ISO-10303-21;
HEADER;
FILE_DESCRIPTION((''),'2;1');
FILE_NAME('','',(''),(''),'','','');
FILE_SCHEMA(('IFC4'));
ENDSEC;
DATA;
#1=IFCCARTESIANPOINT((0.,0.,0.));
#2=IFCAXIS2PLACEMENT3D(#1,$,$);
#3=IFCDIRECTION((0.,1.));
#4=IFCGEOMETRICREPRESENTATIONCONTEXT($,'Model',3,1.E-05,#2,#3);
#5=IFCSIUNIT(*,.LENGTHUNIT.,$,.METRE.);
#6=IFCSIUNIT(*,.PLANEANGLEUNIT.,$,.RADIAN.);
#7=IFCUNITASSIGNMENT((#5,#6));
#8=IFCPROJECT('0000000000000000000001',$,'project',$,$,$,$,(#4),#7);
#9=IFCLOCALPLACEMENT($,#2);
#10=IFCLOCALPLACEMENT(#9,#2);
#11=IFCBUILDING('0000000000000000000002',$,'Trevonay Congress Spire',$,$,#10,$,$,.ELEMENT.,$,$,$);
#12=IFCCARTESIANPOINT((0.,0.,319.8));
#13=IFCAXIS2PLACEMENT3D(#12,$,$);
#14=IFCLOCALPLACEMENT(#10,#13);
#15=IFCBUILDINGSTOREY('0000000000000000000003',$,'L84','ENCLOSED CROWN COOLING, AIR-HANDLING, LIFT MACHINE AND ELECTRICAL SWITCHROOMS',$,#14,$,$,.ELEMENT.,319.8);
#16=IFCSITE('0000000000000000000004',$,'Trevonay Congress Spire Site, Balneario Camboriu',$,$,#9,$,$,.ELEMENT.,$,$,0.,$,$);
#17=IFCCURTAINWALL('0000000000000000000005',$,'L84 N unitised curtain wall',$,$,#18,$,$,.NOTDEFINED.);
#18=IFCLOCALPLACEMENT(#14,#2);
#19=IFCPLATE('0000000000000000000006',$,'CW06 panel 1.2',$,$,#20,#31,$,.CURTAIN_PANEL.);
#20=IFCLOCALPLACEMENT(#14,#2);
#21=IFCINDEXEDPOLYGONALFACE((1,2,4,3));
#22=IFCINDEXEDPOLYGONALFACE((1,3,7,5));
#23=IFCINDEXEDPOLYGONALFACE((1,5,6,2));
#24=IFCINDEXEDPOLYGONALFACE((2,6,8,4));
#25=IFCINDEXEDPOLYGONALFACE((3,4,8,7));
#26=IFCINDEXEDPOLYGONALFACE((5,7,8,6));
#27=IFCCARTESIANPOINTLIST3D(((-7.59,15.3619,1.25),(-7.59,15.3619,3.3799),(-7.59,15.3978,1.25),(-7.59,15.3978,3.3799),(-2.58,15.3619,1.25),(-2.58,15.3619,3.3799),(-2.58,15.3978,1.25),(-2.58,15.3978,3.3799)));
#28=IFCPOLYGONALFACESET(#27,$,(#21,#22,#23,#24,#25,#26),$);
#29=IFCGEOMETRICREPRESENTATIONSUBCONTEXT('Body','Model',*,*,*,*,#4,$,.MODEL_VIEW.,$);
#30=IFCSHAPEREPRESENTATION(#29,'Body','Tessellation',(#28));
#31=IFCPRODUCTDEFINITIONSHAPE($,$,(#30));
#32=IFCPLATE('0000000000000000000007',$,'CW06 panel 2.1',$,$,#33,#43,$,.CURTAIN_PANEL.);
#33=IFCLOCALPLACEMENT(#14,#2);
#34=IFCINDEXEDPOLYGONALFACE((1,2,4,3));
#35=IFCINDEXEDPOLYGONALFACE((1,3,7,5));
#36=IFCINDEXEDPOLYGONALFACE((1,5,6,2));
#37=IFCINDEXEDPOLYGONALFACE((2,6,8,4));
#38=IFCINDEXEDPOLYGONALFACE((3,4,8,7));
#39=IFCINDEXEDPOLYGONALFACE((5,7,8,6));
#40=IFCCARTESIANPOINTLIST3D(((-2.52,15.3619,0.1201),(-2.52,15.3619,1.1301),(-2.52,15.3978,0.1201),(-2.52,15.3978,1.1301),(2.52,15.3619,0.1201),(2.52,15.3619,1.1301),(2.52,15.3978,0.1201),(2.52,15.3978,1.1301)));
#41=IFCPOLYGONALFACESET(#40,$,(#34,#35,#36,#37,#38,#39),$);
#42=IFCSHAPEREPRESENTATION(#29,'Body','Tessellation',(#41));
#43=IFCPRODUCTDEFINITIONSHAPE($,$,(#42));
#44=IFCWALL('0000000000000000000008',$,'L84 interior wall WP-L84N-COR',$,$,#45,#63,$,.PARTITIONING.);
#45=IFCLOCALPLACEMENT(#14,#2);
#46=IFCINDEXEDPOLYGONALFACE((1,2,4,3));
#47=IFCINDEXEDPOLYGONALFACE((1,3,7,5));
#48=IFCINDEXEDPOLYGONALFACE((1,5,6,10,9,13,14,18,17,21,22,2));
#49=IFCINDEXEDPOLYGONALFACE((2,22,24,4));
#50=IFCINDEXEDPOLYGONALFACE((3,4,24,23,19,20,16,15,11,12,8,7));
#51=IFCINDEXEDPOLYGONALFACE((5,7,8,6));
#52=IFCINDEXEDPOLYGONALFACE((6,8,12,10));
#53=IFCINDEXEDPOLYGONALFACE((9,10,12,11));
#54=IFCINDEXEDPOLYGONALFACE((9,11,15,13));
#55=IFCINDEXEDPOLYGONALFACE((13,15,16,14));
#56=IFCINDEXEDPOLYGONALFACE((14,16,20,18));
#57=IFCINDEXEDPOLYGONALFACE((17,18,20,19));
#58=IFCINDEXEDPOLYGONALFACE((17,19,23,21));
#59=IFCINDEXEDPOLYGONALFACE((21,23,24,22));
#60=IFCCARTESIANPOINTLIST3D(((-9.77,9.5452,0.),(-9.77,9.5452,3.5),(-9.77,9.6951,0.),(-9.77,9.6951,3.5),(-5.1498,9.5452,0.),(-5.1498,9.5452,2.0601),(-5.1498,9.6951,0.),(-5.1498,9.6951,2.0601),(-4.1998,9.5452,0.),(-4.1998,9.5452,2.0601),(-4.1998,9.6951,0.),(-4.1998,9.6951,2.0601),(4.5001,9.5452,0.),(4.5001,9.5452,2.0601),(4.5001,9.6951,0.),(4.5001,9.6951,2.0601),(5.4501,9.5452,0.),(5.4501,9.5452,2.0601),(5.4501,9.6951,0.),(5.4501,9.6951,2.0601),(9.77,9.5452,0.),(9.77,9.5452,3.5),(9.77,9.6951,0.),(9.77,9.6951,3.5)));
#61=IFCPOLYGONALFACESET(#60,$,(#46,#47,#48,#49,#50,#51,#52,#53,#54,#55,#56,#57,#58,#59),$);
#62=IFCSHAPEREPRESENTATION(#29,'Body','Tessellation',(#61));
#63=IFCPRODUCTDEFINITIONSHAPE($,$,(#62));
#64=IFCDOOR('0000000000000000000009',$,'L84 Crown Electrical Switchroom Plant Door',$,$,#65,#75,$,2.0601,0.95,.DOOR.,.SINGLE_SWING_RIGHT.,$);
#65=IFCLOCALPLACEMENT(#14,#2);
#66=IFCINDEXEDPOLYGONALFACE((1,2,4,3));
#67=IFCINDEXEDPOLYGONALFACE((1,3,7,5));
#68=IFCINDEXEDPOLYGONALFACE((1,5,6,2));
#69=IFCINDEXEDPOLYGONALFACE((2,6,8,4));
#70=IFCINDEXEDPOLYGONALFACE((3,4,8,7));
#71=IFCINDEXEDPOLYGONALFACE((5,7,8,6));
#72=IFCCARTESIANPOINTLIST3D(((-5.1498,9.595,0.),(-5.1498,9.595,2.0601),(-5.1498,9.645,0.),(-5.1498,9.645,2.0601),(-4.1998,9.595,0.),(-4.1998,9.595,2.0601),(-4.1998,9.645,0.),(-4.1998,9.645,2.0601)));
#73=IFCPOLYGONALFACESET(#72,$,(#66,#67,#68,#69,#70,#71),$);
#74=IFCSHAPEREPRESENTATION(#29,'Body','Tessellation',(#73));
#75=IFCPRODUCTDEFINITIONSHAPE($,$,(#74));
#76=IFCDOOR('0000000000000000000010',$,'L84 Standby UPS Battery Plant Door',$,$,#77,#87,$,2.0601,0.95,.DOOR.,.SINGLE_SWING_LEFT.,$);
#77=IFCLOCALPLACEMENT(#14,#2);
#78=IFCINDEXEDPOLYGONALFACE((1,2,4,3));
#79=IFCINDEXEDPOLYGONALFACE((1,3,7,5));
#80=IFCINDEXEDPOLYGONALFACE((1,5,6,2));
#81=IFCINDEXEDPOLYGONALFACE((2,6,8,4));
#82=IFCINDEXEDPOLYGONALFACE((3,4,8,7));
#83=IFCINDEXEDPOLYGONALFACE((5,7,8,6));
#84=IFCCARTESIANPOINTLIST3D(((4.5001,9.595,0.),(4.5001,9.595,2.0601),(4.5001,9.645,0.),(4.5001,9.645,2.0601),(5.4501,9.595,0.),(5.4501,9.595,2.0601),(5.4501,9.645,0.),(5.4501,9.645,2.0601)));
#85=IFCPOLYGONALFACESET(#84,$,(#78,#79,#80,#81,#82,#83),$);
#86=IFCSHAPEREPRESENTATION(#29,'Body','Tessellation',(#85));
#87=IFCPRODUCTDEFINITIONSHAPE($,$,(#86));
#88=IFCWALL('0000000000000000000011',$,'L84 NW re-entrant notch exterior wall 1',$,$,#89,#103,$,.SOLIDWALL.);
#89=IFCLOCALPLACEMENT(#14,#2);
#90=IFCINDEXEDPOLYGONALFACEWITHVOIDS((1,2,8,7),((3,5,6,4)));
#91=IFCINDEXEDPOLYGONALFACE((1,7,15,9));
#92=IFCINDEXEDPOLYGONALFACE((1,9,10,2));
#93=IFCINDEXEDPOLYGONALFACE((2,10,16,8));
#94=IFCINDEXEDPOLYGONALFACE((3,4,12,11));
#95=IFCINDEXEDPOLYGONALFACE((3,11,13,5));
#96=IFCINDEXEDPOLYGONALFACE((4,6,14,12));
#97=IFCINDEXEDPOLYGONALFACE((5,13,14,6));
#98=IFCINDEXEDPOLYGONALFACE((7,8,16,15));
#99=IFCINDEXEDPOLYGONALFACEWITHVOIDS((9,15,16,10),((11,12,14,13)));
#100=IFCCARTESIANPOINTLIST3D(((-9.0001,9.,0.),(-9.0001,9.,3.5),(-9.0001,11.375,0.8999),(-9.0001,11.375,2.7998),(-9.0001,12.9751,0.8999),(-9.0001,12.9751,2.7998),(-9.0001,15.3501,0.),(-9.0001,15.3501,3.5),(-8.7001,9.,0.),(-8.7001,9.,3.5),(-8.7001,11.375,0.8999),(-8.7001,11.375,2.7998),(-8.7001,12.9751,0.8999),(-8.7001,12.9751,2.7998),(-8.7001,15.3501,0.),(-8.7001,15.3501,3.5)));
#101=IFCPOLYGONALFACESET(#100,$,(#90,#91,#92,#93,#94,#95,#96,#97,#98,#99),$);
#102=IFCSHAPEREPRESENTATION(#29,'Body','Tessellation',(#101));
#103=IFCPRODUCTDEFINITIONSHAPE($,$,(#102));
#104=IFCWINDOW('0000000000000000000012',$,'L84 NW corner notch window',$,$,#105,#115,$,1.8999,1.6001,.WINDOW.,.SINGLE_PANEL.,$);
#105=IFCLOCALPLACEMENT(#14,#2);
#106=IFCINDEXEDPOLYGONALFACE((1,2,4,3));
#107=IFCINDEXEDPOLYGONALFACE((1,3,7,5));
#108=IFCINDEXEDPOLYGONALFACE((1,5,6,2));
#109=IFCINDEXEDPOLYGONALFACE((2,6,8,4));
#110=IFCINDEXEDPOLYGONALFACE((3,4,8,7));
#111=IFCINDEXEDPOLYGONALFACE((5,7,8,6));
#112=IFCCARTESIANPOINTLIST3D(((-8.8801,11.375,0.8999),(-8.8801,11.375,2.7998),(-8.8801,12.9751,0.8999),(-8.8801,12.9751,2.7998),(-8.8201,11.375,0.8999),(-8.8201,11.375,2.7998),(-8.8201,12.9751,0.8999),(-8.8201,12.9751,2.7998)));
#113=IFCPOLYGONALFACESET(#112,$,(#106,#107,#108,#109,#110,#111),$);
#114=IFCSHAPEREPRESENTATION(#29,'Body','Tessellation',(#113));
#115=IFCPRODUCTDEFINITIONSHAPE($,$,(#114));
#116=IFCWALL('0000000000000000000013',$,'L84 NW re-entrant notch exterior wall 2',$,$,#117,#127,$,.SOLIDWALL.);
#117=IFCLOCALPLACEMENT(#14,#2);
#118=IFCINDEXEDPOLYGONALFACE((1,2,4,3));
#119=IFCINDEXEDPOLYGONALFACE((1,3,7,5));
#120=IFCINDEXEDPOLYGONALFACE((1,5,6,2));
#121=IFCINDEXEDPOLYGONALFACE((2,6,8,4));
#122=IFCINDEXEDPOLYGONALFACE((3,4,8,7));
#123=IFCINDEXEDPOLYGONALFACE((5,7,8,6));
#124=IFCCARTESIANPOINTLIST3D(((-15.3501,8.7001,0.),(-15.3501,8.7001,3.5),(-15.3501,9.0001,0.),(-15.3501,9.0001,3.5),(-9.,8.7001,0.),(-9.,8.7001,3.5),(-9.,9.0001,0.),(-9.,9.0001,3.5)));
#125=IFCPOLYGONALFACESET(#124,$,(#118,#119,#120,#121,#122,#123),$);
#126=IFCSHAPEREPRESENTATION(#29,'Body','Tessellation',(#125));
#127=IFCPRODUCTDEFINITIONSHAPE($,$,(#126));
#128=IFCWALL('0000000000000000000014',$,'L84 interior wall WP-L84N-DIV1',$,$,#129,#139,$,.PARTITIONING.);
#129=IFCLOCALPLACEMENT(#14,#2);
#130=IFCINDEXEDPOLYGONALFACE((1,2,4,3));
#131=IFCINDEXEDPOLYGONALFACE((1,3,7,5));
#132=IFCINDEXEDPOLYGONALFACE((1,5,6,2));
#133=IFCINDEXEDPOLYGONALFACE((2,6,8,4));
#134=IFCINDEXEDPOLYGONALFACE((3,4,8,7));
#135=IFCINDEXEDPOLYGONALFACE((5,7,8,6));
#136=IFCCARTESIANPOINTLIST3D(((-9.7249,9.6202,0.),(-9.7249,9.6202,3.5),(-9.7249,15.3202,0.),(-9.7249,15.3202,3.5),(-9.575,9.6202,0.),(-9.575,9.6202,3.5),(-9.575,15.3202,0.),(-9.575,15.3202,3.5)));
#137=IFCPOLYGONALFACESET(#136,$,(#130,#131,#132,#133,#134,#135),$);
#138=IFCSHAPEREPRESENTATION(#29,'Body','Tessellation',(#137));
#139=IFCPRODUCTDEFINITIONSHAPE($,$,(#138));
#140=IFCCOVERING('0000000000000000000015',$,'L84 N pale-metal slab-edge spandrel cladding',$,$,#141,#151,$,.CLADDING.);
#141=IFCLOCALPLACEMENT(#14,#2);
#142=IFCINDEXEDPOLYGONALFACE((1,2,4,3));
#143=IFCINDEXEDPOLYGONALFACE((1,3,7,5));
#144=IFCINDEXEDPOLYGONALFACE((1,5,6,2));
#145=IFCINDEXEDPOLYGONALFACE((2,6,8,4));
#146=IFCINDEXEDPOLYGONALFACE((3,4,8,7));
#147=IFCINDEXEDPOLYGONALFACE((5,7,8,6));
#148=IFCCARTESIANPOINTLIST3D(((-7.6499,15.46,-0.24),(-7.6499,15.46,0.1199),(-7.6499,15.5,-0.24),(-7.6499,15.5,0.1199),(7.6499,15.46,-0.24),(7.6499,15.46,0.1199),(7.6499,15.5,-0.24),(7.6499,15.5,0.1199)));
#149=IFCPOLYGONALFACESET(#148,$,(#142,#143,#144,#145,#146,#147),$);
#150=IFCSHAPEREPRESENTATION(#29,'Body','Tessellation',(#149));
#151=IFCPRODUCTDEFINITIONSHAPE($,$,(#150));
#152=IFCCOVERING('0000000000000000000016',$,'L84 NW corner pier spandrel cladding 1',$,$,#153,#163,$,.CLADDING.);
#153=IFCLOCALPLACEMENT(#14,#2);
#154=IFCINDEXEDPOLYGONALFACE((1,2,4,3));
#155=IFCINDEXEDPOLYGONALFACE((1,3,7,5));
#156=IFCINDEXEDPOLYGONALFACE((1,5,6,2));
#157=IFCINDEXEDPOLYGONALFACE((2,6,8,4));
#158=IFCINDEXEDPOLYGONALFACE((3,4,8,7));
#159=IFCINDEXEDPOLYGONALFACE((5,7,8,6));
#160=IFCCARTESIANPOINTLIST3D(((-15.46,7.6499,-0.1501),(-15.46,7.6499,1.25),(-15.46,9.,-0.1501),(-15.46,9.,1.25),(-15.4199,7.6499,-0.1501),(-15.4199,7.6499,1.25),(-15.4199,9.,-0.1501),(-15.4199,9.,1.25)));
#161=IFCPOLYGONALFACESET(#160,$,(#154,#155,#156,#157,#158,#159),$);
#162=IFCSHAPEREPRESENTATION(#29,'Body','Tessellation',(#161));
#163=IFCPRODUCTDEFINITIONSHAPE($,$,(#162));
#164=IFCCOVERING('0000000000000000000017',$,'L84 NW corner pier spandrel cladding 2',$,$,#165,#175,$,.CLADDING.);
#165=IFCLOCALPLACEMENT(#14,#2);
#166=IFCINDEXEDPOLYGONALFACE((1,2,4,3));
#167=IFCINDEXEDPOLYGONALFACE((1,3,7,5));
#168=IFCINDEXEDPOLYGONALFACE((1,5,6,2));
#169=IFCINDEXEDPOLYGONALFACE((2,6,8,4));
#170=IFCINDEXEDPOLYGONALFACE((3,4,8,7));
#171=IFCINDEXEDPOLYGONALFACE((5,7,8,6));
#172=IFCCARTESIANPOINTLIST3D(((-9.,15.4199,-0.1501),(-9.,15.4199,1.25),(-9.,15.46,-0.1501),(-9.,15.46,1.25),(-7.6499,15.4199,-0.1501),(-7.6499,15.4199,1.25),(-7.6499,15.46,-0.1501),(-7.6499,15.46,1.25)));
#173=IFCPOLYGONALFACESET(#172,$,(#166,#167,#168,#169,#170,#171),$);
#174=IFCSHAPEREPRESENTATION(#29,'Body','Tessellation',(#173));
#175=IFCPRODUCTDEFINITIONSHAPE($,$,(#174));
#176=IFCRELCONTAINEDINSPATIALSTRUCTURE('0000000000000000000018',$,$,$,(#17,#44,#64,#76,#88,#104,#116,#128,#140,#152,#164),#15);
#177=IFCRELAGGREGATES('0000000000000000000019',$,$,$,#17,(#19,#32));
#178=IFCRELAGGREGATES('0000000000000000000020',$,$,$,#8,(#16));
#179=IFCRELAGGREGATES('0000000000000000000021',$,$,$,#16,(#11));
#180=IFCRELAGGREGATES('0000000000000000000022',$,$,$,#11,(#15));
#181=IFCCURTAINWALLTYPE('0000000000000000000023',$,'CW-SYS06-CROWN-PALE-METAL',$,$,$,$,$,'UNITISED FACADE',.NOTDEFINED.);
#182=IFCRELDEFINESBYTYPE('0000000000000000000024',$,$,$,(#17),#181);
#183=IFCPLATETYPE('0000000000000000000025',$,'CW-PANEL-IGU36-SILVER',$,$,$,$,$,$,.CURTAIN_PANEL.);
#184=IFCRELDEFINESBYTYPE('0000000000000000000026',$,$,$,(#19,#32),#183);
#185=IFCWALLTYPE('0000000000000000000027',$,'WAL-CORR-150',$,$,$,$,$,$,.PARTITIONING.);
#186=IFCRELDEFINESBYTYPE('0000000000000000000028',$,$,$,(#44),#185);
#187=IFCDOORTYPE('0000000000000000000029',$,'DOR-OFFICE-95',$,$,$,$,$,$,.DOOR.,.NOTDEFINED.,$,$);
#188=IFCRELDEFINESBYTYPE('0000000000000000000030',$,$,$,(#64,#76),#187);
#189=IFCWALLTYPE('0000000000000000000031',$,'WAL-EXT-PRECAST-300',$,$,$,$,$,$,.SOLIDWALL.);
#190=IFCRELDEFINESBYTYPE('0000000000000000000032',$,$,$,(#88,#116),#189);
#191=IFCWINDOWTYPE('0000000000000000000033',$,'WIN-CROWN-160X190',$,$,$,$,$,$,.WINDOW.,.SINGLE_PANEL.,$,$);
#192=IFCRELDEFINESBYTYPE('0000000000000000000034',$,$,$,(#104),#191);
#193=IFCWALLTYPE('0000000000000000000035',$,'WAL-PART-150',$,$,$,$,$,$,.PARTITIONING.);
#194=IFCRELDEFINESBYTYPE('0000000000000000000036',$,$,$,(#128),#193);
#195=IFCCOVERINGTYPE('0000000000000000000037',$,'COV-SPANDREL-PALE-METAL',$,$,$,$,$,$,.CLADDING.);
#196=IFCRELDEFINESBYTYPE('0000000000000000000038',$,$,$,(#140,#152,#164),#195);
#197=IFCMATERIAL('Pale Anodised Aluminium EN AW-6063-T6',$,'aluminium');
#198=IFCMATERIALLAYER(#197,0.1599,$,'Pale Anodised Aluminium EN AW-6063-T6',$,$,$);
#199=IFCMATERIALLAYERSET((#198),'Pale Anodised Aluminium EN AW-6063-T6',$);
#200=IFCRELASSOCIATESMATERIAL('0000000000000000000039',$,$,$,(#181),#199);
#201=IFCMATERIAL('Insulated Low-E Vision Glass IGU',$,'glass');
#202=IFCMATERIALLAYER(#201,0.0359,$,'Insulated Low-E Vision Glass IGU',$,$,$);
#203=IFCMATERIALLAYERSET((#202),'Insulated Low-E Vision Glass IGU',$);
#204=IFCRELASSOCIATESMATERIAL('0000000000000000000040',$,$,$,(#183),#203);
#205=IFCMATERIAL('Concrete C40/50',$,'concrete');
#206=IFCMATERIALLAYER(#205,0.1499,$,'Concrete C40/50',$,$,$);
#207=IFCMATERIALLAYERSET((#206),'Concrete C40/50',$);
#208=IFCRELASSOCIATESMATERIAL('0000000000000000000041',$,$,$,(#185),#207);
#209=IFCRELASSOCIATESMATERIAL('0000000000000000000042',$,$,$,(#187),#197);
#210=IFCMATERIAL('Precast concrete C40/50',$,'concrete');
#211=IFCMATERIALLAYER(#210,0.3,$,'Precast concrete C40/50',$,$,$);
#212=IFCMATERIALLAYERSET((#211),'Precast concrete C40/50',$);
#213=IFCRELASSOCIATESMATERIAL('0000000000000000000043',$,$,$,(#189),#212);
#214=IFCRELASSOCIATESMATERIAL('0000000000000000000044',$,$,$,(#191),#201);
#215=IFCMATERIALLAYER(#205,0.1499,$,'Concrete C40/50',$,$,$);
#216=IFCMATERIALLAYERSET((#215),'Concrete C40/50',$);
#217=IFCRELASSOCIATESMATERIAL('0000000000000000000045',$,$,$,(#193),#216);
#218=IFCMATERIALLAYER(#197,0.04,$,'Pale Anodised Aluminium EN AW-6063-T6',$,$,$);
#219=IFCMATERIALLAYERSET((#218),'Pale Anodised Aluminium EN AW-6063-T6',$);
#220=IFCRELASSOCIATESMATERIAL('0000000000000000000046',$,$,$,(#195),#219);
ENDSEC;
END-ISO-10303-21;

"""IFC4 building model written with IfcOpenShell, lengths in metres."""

from ifc_helpers import new_model, si_unit, direction, frame, frame_2d, origin, origin_2d, place, context, subcontext, project, spatial, rectangle, extrude, material, layer, layer_set, type_object, element, fill, aggregate, save


model = new_model("IFC4")

# Units and contexts
model_context = context("Model", 3, precision=1e-05, world=origin(), true_north=direction((0.0, 1.0)))
body_context = subcontext(model_context, "Body", "Model", "MODEL_VIEW")
ifc_project = project(units=[si_unit("LENGTHUNIT", "METRE"), si_unit("PLANEANGLEUNIT", "RADIAN")], contexts=[model_context])

# Site, building, storey
site_placement = place(None, origin())
site = spatial("IfcSite", under=ifc_project, at=site_placement, Name="Trevonay Congress Spire Site, Balneario Camboriu", CompositionType="ELEMENT", RefElevation=0.0)
building_placement = place(site_placement, origin())
building = spatial("IfcBuilding", under=site, at=building_placement, Name="Trevonay Congress Spire", CompositionType="ELEMENT")
storey_placement = place(building_placement, frame((0.0, 0.0, 319.8)))
storey = spatial("IfcBuildingStorey", under=building, at=storey_placement, Name="L84", Description="ENCLOSED CROWN COOLING, AIR-HANDLING, LIFT MACHINE AND ELECTRICAL SWITCHROOMS", CompositionType="ELEMENT", Elevation=319.8)

# Curtain wall
ifc_material_1 = material(Name="Pale Anodised Aluminium EN AW-6063-T6", Category="aluminium")
ifc_layer_1 = layer(ifc_material_1, 0.1599, Name="Pale Anodised Aluminium EN AW-6063-T6")
ifc_layer_set_1 = layer_set([ifc_layer_1], Name="Pale Anodised Aluminium EN AW-6063-T6")
curtain_wall_type = type_object("IfcCurtainWallType", Name="CW-SYS06-CROWN-PALE-METAL", ElementType="UNITISED FACADE", PredefinedType="NOTDEFINED", material=ifc_layer_set_1)
curtain_wall_1_placement = place(storey_placement, origin())
curtain_wall_1 = element("IfcCurtainWall", 1, at=curtain_wall_1_placement, inside=storey, type_object=curtain_wall_type, Name="L84 N unitised curtain wall", PredefinedType="NOTDEFINED")

# Plates
ifc_material_2 = material(Name="Insulated Low-E Vision Glass IGU", Category="glass")
ifc_layer_2 = layer(ifc_material_2, 0.0359, Name="Insulated Low-E Vision Glass IGU")
ifc_layer_set_2 = layer_set([ifc_layer_2], Name="Insulated Low-E Vision Glass IGU")
plate_type = type_object("IfcPlateType", Name="CW-PANEL-IGU36-SILVER", PredefinedType="CURTAIN_PANEL", material=ifc_layer_set_2)
plate_1_placement = place(storey_placement, frame((-5.085, 15.3799, 1.25), z_axis=(0.0, 0.0, 1.0), x_axis=(1.0, 0.0, 0.0)))
plate_1 = element("IfcPlate", 2, at=plate_1_placement, type_object=plate_type, Name="CW06 panel 1.2", PredefinedType="CURTAIN_PANEL", context=body_context, shape_type="SweptSolid", body=[
    extrude(rectangle(XDim=5.01, YDim=0.0359, at=origin_2d()), origin(), (0.0, 0.0, 1.0), 2.1299),
])
plate_2_placement = place(storey_placement, frame((0.0, 15.3799, 0.1201), z_axis=(0.0, 0.0, 1.0), x_axis=(1.0, 0.0, 0.0)))
plate_2 = element("IfcPlate", 3, at=plate_2_placement, type_object=plate_type, Name="CW06 panel 2.1", PredefinedType="CURTAIN_PANEL", context=body_context, shape_type="SweptSolid", body=[
    extrude(rectangle(XDim=5.04, YDim=0.0359, at=origin_2d()), origin(), (0.0, 0.0, 1.0), 1.01),
])
aggregate(curtain_wall_1, [plate_1, plate_2])

# Wall, openings, doors
ifc_material_3 = material(Name="Concrete C40/50", Category="concrete")
ifc_layer_3 = layer(ifc_material_3, 0.1499, Name="Concrete C40/50")
ifc_layer_set_3 = layer_set([ifc_layer_3], Name="Concrete C40/50")
wall_type_1 = type_object("IfcWallType", Name="WAL-CORR-150", PredefinedType="PARTITIONING", material=ifc_layer_set_3)
wall_1_placement = place(storey_placement, frame((-9.77, 9.6201, 0.0), z_axis=(0.0, 0.0, 1.0), x_axis=(1.0, 0.0, 0.0)))
wall_1 = element("IfcWall", 4, at=wall_1_placement, inside=storey, type_object=wall_type_1, Name="L84 interior wall WP-L84N-COR", PredefinedType="PARTITIONING", context=body_context, shape_type="SweptSolid", body=[
    extrude(rectangle(XDim=19.54, YDim=0.1499, at=frame_2d((9.77, 0.0))), origin(), (0.0, 0.0, 1.0), 3.5),
])
opening_1_placement = place(wall_1_placement, frame((4.6201, 0.0, 0.0)))
opening_1 = element("IfcOpeningElement", 5, at=opening_1_placement, cuts=wall_1, PredefinedType="OPENING", context=body_context, shape_type="SweptSolid", body=[
    extrude(rectangle(XDim=0.95, YDim=2.0601, at=frame_2d((0.4751, 1.03))), frame((0.0, 0.085, 0.0), z_axis=(0.0, -1.0, 0.0), x_axis=(1.0, 0.0, 0.0)), (0.0, 0.0, 1.0), 0.1699),
])
opening_2_placement = place(wall_1_placement, frame((14.27, 0.0, 0.0)))
opening_2 = element("IfcOpeningElement", 6, at=opening_2_placement, cuts=wall_1, PredefinedType="OPENING", context=body_context, shape_type="SweptSolid", body=[
    extrude(rectangle(XDim=0.95, YDim=2.0601, at=frame_2d((0.4751, 1.03))), frame((0.0, 0.085, 0.0), z_axis=(0.0, -1.0, 0.0), x_axis=(1.0, 0.0, 0.0)), (0.0, 0.0, 1.0), 0.1699),
])
door_type = type_object("IfcDoorType", Name="DOR-OFFICE-95", OperationType="NOTDEFINED", PredefinedType="DOOR", material=ifc_material_1)
door_1_placement = place(opening_1_placement, origin())
door_1 = element("IfcDoor", 7, at=door_1_placement, inside=storey, type_object=door_type, Name="L84 Crown Electrical Switchroom Plant Door", OperationType="SINGLE_SWING_RIGHT", OverallHeight=2.0601, OverallWidth=0.95, PredefinedType="DOOR", context=body_context, shape_type="SweptSolid", body=[
    extrude(rectangle(XDim=0.95, YDim=2.0601, at=frame_2d((0.4751, 1.03))), frame((0.0, 0.0249, 0.0), z_axis=(0.0, -1.0, 0.0), x_axis=(1.0, 0.0, 0.0)), (0.0, 0.0, 1.0), 0.05),
])
fill(opening_1, door_1)
door_2_placement = place(opening_2_placement, origin())
door_2 = element("IfcDoor", 8, at=door_2_placement, inside=storey, type_object=door_type, Name="L84 Standby UPS Battery Plant Door", OperationType="SINGLE_SWING_LEFT", OverallHeight=2.0601, OverallWidth=0.95, PredefinedType="DOOR", context=body_context, shape_type="SweptSolid", body=[
    extrude(rectangle(XDim=0.95, YDim=2.0601, at=frame_2d((0.4751, 1.03))), frame((0.0, 0.0249, 0.0), z_axis=(0.0, -1.0, 0.0), x_axis=(1.0, 0.0, 0.0)), (0.0, 0.0, 1.0), 0.05),
])
fill(opening_2, door_2)

# Wall, opening, window
ifc_material_4 = material(Name="Precast concrete C40/50", Category="concrete")
ifc_layer_4 = layer(ifc_material_4, 0.3, Name="Precast concrete C40/50")
ifc_layer_set_4 = layer_set([ifc_layer_4], Name="Precast concrete C40/50")
wall_type_2 = type_object("IfcWallType", Name="WAL-EXT-PRECAST-300", PredefinedType="SOLIDWALL", material=ifc_layer_set_4)
wall_2_placement = place(storey_placement, frame((-8.8501, 15.3501, 0.0), z_axis=(0.0, 0.0, 1.0), x_axis=(0.0, -1.0, 0.0)))
wall_2 = element("IfcWall", 9, at=wall_2_placement, inside=storey, type_object=wall_type_2, Name="L84 NW re-entrant notch exterior wall 1", PredefinedType="SOLIDWALL", context=body_context, shape_type="SweptSolid", body=[
    extrude(rectangle(XDim=6.3501, YDim=0.3, at=frame_2d((3.175, 0.0))), origin(), (0.0, 0.0, 1.0), 3.5),
])
opening_3_placement = place(wall_2_placement, frame((2.375, 0.0, 0.8999)))
opening_3 = element("IfcOpeningElement", 10, at=opening_3_placement, cuts=wall_2, PredefinedType="OPENING", context=body_context, shape_type="SweptSolid", body=[
    extrude(rectangle(XDim=1.6001, YDim=1.8999, at=frame_2d((0.8, 0.95))), frame((0.0, 0.1602, 0.0), z_axis=(0.0, -1.0, 0.0), x_axis=(1.0, 0.0, 0.0)), (0.0, 0.0, 1.0), 0.3201),
])
window_type = type_object("IfcWindowType", Name="WIN-CROWN-160X190", PartitioningType="SINGLE_PANEL", PredefinedType="WINDOW", material=ifc_material_2)
window_placement = place(opening_3_placement, origin())
window = element("IfcWindow", 11, at=window_placement, inside=storey, type_object=window_type, Name="L84 NW corner notch window", OverallHeight=1.8999, OverallWidth=1.6001, PartitioningType="SINGLE_PANEL", PredefinedType="WINDOW", context=body_context, shape_type="SweptSolid", body=[
    extrude(rectangle(XDim=1.6001, YDim=1.8999, at=frame_2d((0.8, 0.95))), frame((0.0, 0.03, 0.0), z_axis=(0.0, -1.0, 0.0), x_axis=(1.0, 0.0, 0.0)), (0.0, 0.0, 1.0), 0.0601),
])
fill(opening_3, window)

# Walls
wall_3_placement = place(storey_placement, frame((-15.3501, 8.8501, 0.0), z_axis=(0.0, 0.0, 1.0), x_axis=(1.0, 0.0, 0.0)))
element("IfcWall", 12, at=wall_3_placement, inside=storey, type_object=wall_type_2, Name="L84 NW re-entrant notch exterior wall 2", PredefinedType="SOLIDWALL", context=body_context, shape_type="SweptSolid", body=[
    extrude(rectangle(XDim=6.3501, YDim=0.3, at=frame_2d((3.175, 0.0))), origin(), (0.0, 0.0, 1.0), 3.5),
])
ifc_layer_5 = layer(ifc_material_3, 0.1499, Name="Concrete C40/50")
ifc_layer_set_5 = layer_set([ifc_layer_5], Name="Concrete C40/50")
wall_type_3 = type_object("IfcWallType", Name="WAL-PART-150", PredefinedType="PARTITIONING", material=ifc_layer_set_5)
wall_4_placement = place(storey_placement, frame((-9.6499, 9.6201, 0.0), z_axis=(0.0, 0.0, 1.0), x_axis=(0.0, 1.0, 0.0)))
element("IfcWall", 13, at=wall_4_placement, inside=storey, type_object=wall_type_3, Name="L84 interior wall WP-L84N-DIV1", PredefinedType="PARTITIONING", context=body_context, shape_type="SweptSolid", body=[
    extrude(rectangle(XDim=5.7, YDim=0.1499, at=frame_2d((2.8501, 0.0))), origin(), (0.0, 0.0, 1.0), 3.5),
])

# Coverings
ifc_layer_6 = layer(ifc_material_1, 0.04, Name="Pale Anodised Aluminium EN AW-6063-T6")
ifc_layer_set_6 = layer_set([ifc_layer_6], Name="Pale Anodised Aluminium EN AW-6063-T6")
covering_type = type_object("IfcCoveringType", Name="COV-SPANDREL-PALE-METAL", PredefinedType="CLADDING", material=ifc_layer_set_6)
covering_placement = place(storey_placement, frame((-7.6499, 15.48, -0.24), z_axis=(0.0, 0.0, 1.0), x_axis=(1.0, 0.0, 0.0)))
element("IfcCovering", 14, at=covering_placement, inside=storey, type_object=covering_type, Name="L84 N pale-metal slab-edge spandrel cladding", PredefinedType="CLADDING", context=body_context, shape_type="SweptSolid", body=[
    extrude(rectangle(XDim=15.2998, YDim=0.04, at=frame_2d((7.6499, 0.0))), origin(), (0.0, 0.0, 1.0), 0.3599),
])
for number, where, z_axis, x_axis, name in (
    (15, (-15.4399, 7.6499, -0.1501), (0.0, 0.0, 1.0), (0.0, 1.0, 0.0), "L84 NW corner pier spandrel cladding 1"),
    (16, (-7.6499, 15.4399, -0.1501), (0.0, 0.0, 1.0), (-1.0, 0.0, 0.0), "L84 NW corner pier spandrel cladding 2"),
):
    element("IfcCovering", number, at=place(storey_placement, frame(where, z_axis=z_axis, x_axis=x_axis)), inside=storey, type_object=covering_type, Name=name, PredefinedType="CLADDING", context=body_context, shape_type="SweptSolid", body=[
        extrude(rectangle(XDim=1.3501, YDim=0.04, at=frame_2d((0.675, 0.0))), origin(), (0.0, 0.0, 1.0), 1.4001),
    ])

save(model, "model.ifc")
